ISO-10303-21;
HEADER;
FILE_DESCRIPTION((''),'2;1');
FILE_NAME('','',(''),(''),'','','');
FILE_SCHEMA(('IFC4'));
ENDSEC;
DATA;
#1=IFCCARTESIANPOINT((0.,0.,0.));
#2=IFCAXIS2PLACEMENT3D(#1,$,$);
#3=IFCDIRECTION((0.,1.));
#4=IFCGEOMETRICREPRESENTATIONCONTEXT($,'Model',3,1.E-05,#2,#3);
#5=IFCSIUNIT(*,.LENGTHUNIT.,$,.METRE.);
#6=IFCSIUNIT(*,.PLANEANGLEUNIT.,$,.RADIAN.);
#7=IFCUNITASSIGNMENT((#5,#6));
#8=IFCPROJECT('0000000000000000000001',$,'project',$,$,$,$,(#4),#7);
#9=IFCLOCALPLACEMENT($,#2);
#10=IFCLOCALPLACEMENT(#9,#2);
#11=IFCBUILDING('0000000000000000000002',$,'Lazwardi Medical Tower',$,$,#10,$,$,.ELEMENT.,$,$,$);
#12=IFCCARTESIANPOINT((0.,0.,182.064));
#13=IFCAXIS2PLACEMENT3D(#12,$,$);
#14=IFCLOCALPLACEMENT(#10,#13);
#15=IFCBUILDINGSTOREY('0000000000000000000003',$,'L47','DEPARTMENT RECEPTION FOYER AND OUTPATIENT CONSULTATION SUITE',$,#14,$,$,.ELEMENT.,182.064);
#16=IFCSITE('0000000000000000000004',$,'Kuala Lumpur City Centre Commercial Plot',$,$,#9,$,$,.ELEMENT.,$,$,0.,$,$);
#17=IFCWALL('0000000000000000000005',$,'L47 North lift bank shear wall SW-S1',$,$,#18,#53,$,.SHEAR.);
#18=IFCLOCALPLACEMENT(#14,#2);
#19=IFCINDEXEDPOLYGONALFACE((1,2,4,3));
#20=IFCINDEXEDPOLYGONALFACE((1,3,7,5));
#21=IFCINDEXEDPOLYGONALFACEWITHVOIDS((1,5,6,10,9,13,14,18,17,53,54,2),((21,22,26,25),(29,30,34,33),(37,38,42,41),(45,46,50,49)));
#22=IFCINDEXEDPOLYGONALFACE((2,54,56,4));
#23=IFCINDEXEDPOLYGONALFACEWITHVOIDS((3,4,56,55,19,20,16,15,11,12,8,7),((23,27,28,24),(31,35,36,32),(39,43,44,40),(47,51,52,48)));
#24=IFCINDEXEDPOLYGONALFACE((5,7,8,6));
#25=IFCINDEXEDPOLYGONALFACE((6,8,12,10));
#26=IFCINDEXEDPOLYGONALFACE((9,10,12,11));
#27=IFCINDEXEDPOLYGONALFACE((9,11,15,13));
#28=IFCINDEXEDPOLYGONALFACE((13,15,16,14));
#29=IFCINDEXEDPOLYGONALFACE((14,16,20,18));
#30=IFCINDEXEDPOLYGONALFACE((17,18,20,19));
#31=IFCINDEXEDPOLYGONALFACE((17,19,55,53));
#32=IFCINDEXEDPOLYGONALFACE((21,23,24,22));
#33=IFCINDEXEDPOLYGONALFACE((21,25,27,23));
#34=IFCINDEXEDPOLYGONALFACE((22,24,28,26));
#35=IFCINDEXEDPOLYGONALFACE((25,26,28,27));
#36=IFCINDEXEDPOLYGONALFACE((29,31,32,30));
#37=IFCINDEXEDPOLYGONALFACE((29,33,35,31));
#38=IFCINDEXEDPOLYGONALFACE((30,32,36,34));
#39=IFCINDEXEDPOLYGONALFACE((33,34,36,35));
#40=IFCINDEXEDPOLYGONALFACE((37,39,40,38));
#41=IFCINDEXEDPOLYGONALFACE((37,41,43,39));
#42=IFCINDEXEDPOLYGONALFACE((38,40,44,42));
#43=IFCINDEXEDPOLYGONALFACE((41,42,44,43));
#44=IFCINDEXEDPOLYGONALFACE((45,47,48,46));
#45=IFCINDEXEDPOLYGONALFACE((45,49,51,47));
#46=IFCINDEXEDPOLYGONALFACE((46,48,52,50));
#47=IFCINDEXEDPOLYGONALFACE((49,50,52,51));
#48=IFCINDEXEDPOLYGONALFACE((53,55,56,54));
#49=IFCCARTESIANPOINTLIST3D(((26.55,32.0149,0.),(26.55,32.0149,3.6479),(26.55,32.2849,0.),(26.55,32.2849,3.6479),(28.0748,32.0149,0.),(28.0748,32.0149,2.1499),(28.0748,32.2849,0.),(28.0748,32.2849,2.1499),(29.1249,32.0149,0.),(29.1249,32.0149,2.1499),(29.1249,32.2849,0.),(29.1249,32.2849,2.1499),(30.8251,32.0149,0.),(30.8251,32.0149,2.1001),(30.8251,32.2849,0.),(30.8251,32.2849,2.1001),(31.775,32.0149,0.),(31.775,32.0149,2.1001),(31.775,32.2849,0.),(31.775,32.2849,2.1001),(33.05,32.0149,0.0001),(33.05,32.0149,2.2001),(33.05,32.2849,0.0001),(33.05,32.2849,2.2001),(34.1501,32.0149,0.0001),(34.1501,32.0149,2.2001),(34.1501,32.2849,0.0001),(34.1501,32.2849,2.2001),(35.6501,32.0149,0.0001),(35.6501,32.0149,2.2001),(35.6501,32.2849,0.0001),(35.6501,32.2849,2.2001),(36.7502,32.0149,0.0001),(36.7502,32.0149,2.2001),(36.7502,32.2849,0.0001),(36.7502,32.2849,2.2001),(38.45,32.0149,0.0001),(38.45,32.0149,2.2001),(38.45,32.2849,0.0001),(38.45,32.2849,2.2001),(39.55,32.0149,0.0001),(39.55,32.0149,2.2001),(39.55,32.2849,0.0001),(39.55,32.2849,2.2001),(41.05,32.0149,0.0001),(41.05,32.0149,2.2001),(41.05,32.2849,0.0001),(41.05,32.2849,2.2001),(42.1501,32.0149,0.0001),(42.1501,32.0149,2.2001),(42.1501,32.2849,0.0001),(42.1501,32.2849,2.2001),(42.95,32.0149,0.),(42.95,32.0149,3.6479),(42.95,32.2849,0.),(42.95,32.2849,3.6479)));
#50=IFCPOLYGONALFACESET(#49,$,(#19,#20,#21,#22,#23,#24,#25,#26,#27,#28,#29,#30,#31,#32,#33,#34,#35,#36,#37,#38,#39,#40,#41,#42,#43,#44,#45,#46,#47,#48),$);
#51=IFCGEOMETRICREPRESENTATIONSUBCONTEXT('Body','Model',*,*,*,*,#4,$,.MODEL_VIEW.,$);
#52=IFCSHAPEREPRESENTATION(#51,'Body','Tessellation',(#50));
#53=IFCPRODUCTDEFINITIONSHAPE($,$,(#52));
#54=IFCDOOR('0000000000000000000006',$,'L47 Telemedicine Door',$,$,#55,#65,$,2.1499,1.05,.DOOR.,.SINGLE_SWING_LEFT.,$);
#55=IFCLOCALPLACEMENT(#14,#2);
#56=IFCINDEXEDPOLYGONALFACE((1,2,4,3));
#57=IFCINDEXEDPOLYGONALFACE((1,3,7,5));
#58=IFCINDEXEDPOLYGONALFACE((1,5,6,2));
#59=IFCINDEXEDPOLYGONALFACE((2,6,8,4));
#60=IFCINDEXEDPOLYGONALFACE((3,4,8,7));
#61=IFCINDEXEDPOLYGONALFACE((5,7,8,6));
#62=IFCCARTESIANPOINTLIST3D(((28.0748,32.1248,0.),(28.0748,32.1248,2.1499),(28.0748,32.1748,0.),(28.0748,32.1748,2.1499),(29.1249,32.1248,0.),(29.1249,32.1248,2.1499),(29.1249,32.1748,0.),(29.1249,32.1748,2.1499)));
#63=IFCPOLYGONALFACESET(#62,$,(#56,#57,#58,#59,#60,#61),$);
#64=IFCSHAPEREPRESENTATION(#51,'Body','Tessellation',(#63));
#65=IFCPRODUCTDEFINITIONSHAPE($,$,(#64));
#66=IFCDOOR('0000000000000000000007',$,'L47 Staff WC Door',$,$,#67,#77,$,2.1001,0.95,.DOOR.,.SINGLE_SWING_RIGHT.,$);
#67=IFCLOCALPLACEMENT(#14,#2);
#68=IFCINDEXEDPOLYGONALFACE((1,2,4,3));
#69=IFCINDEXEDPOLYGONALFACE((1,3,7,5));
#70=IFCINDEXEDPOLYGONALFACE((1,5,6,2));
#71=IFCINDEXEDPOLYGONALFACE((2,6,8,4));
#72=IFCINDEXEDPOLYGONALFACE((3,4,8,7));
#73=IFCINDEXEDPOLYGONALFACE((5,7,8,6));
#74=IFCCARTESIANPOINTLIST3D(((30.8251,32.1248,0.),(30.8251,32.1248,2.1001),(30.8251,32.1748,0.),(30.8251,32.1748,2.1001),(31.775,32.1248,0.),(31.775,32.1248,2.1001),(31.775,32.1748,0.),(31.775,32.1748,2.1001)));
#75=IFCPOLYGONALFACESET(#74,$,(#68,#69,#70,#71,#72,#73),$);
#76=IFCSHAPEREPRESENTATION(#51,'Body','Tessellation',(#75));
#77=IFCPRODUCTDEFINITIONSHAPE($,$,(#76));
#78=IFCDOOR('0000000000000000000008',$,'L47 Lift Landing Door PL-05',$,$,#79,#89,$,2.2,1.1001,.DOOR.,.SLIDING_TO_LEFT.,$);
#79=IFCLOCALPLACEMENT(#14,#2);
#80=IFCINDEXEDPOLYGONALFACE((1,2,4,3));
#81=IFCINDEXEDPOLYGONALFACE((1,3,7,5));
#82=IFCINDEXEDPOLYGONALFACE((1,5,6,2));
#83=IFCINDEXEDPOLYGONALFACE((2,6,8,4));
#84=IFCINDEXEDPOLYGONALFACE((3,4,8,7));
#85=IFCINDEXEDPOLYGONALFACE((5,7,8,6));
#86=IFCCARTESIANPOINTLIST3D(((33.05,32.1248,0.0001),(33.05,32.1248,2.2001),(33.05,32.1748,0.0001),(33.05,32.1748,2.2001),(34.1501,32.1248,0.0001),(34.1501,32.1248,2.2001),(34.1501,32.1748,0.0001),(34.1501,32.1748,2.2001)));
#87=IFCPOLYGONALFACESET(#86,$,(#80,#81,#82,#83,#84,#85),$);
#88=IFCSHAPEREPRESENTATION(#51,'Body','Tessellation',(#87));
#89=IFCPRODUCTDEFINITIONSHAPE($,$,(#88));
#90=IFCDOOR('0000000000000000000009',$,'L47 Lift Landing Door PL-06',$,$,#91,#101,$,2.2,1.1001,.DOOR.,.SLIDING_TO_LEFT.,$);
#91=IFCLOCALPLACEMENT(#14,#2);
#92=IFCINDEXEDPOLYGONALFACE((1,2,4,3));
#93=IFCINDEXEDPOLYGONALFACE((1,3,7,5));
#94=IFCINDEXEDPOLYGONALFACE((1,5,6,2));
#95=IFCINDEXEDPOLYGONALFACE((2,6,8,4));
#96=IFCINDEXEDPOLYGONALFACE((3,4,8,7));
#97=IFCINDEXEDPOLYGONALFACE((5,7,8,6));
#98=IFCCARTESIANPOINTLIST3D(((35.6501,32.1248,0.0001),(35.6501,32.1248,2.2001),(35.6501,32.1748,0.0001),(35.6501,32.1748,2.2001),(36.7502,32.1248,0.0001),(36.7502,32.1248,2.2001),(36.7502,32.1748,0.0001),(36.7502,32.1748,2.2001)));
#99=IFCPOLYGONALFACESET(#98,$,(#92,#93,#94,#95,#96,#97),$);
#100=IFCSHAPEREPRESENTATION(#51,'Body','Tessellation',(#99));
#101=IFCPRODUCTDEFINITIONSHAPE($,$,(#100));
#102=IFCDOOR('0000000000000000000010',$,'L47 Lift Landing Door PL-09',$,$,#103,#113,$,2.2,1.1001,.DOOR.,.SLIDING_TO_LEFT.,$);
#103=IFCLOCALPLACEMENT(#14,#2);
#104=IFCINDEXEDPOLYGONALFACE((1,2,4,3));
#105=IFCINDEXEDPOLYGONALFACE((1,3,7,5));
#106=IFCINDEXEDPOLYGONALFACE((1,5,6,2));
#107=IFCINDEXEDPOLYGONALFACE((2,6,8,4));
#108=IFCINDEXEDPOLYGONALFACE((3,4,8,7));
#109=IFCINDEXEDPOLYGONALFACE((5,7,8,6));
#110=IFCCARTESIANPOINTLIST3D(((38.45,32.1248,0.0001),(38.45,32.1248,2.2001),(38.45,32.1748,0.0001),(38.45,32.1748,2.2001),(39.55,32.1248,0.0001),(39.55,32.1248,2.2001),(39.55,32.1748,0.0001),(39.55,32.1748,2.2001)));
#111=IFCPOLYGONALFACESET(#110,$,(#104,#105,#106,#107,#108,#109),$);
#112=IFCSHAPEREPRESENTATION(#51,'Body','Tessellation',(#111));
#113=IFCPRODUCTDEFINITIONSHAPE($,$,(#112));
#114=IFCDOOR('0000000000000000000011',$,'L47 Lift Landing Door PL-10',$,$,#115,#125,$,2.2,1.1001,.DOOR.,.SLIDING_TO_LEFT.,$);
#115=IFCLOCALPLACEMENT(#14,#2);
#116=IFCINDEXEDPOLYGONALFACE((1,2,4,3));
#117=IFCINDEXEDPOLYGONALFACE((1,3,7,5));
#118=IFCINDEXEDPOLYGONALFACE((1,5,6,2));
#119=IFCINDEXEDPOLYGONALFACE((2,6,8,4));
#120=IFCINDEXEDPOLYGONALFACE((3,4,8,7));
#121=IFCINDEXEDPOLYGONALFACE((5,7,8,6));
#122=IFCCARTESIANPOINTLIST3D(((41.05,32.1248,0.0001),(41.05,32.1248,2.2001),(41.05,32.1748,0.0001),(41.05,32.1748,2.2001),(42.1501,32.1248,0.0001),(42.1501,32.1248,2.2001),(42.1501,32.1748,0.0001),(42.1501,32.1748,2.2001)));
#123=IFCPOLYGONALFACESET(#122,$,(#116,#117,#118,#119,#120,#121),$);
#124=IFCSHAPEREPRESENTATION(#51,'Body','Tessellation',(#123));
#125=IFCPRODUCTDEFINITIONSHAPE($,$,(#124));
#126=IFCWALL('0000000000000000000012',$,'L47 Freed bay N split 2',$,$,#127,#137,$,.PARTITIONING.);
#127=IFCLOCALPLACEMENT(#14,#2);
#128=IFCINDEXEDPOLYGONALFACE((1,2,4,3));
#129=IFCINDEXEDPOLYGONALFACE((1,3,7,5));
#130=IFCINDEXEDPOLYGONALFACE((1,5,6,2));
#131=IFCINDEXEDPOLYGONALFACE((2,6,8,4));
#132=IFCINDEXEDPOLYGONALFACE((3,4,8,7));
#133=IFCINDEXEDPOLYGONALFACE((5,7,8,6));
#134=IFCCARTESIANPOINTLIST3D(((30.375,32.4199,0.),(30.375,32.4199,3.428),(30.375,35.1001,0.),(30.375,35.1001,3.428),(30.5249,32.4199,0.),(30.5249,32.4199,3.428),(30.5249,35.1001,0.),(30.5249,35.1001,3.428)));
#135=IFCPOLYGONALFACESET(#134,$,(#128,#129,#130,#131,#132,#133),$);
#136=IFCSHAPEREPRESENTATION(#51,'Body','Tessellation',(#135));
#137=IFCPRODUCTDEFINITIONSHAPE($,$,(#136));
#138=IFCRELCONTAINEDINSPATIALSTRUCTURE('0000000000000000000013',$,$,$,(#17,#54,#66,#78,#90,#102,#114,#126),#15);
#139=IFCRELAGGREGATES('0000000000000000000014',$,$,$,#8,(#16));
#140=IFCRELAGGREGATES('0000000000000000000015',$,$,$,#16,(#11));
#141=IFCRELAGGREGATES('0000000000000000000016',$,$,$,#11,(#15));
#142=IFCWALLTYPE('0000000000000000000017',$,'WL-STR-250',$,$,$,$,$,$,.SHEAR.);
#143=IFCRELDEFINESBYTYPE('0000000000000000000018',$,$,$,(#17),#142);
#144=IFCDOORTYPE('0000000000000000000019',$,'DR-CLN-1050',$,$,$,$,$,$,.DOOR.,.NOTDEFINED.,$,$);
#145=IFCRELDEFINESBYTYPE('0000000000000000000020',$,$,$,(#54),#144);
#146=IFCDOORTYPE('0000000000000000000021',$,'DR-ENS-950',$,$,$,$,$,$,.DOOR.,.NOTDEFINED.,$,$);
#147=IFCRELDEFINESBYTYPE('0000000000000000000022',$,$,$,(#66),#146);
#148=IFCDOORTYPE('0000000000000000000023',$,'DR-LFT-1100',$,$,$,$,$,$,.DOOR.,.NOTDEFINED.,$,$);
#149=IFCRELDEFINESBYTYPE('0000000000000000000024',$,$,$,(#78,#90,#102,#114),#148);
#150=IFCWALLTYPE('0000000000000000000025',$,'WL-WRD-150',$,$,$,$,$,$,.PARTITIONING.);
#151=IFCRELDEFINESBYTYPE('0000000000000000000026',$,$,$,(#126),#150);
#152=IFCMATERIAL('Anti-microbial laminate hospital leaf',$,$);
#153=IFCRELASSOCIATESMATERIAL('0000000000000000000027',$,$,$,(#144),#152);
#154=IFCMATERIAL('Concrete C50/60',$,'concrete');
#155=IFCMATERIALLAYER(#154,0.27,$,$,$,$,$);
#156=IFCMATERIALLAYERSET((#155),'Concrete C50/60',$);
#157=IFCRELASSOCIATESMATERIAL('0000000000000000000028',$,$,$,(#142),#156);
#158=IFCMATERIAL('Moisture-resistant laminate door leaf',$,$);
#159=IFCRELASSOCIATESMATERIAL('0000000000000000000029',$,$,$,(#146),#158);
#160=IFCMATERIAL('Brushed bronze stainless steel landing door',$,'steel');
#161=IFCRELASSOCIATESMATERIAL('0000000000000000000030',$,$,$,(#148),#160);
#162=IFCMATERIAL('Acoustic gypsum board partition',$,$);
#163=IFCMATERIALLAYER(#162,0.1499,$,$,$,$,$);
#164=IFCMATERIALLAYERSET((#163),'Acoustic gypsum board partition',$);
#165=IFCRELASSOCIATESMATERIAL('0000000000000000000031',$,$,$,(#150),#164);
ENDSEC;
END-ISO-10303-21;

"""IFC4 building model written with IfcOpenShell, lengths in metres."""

from ifc_helpers import new_model, si_unit, direction, frame, frame_2d, origin, place, context, subcontext, project, spatial, rectangle, extrude, material, layer, layer_set, type_object, element, fill, save


model = new_model("IFC4")

# Units and contexts
model_context = context("Model", 3, precision=1e-05, world=origin(), true_north=direction((0.0, 1.0)))
body_context = subcontext(model_context, "Body", "Model", "MODEL_VIEW")
ifc_project = project(units=[si_unit("LENGTHUNIT", "METRE"), si_unit("PLANEANGLEUNIT", "RADIAN")], contexts=[model_context])

# Site, building, storey
site_placement = place(None, origin())
site = spatial("IfcSite", under=ifc_project, at=site_placement, Name="Kuala Lumpur City Centre Commercial Plot", CompositionType="ELEMENT", RefElevation=0.0)
building_placement = place(site_placement, origin())
building = spatial("IfcBuilding", under=site, at=building_placement, Name="Lazwardi Medical Tower", CompositionType="ELEMENT")
storey_placement = place(building_placement, frame((0.0, 0.0, 182.064)))
storey = spatial("IfcBuildingStorey", under=building, at=storey_placement, Name="L47", Description="DEPARTMENT RECEPTION FOYER AND OUTPATIENT CONSULTATION SUITE", CompositionType="ELEMENT", Elevation=182.064)

# Shared definitions
ifc_material_1 = material(Name="Anti-microbial laminate hospital leaf")
door_type_1 = type_object("IfcDoorType", Name="DR-CLN-1050", OperationType="NOTDEFINED", PredefinedType="DOOR", material=ifc_material_1)

# Shared definitions
ifc_material_2 = material(Name="Concrete C50/60", Category="concrete")
ifc_layer_1 = layer(ifc_material_2, 0.27)
ifc_layer_set_1 = layer_set([ifc_layer_1], Name="Concrete C50/60")
wall_type_1 = type_object("IfcWallType", Name="WL-STR-250", PredefinedType="SHEAR", material=ifc_layer_set_1)

# Wall, openings, doors
wall_1_placement = place(storey_placement, frame((26.55, 32.1499, 0.0), z_axis=(0.0, 0.0, 1.0), x_axis=(1.0, 0.0, 0.0)))
wall_1 = element("IfcWall", 1, at=wall_1_placement, inside=storey, type_object=wall_type_1, Name="L47 North lift bank shear wall SW-S1", PredefinedType="SHEAR", context=body_context, shape_type="SweptSolid", body=[
    extrude(rectangle(XDim=16.3999, YDim=0.27, at=frame_2d((8.2, 0.0))), origin(), (0.0, 0.0, 1.0), 3.6479),
])
opening_1_placement = place(wall_1_placement, frame((1.5249, 0.0, 0.0)))
opening_1 = element("IfcOpeningElement", 2, at=opening_1_placement, cuts=wall_1, PredefinedType="OPENING", context=body_context, shape_type="SweptSolid", body=[
    extrude(rectangle(XDim=1.05, YDim=2.1499, at=frame_2d((0.5249, 1.075))), frame((0.0, 0.145, 0.0), z_axis=(0.0, -1.0, 0.0), x_axis=(1.0, 0.0, 0.0)), (0.0, 0.0, 1.0), 0.29),
])
opening_2_placement = place(wall_1_placement, frame((4.2749, 0.0, 0.0)))
opening_2 = element("IfcOpeningElement", 3, at=opening_2_placement, cuts=wall_1, PredefinedType="OPENING", context=body_context, shape_type="SweptSolid", body=[
    extrude(rectangle(XDim=0.95, YDim=2.1001, at=frame_2d((0.4751, 1.05))), frame((0.0, 0.145, 0.0), z_axis=(0.0, -1.0, 0.0), x_axis=(1.0, 0.0, 0.0)), (0.0, 0.0, 1.0), 0.29),
])
opening_3_placement = place(wall_1_placement, frame((6.5, 0.0, 0.0)))
opening_3 = element("IfcOpeningElement", 4, at=opening_3_placement, cuts=wall_1, PredefinedType="OPENING", context=body_context, shape_type="SweptSolid", body=[
    extrude(rectangle(XDim=1.1001, YDim=2.2, at=frame_2d((0.55, 1.1001))), frame((0.0, 0.145, 0.0), z_axis=(0.0, -1.0, 0.0), x_axis=(1.0, 0.0, 0.0)), (0.0, 0.0, 1.0), 0.29),
])
opening_4_placement = place(wall_1_placement, frame((9.1001, 0.0, 0.0)))
opening_4 = element("IfcOpeningElement", 5, at=opening_4_placement, cuts=wall_1, PredefinedType="OPENING", context=body_context, shape_type="SweptSolid", body=[
    extrude(rectangle(XDim=1.1001, YDim=2.2, at=frame_2d((0.55, 1.1001))), frame((0.0, 0.145, 0.0), z_axis=(0.0, -1.0, 0.0), x_axis=(1.0, 0.0, 0.0)), (0.0, 0.0, 1.0), 0.29),
])
opening_5_placement = place(wall_1_placement, frame((11.8999, 0.0, 0.0)))
opening_5 = element("IfcOpeningElement", 6, at=opening_5_placement, cuts=wall_1, PredefinedType="OPENING", context=body_context, shape_type="SweptSolid", body=[
    extrude(rectangle(XDim=1.1001, YDim=2.2, at=frame_2d((0.55, 1.1001))), frame((0.0, 0.145, 0.0), z_axis=(0.0, -1.0, 0.0), x_axis=(1.0, 0.0, 0.0)), (0.0, 0.0, 1.0), 0.29),
])
opening_6_placement = place(wall_1_placement, frame((14.5, 0.0, 0.0)))
opening_6 = element("IfcOpeningElement", 7, at=opening_6_placement, cuts=wall_1, PredefinedType="OPENING", context=body_context, shape_type="SweptSolid", body=[
    extrude(rectangle(XDim=1.1001, YDim=2.2, at=frame_2d((0.55, 1.1001))), frame((0.0, 0.145, 0.0), z_axis=(0.0, -1.0, 0.0), x_axis=(1.0, 0.0, 0.0)), (0.0, 0.0, 1.0), 0.29),
])
door_1_placement = place(opening_1_placement, origin())
door_1 = element("IfcDoor", 8, at=door_1_placement, inside=storey, type_object=door_type_1, Name="L47 Telemedicine Door", OperationType="SINGLE_SWING_LEFT", OverallHeight=2.1499, OverallWidth=1.05, PredefinedType="DOOR", context=body_context, shape_type="SweptSolid", body=[
    extrude(rectangle(XDim=1.05, YDim=2.1499, at=frame_2d((0.5249, 1.075))), frame((0.0, 0.0249, 0.0), z_axis=(0.0, -1.0, 0.0), x_axis=(1.0, 0.0, 0.0)), (0.0, 0.0, 1.0), 0.05),
])
fill(opening_1, door_1)
ifc_material_3 = material(Name="Moisture-resistant laminate door leaf")
door_type_2 = type_object("IfcDoorType", Name="DR-ENS-950", OperationType="NOTDEFINED", PredefinedType="DOOR", material=ifc_material_3)
door_2_placement = place(opening_2_placement, origin())
door_2 = element("IfcDoor", 9, at=door_2_placement, inside=storey, type_object=door_type_2, Name="L47 Staff WC Door", OperationType="SINGLE_SWING_RIGHT", OverallHeight=2.1001, OverallWidth=0.95, PredefinedType="DOOR", context=body_context, shape_type="SweptSolid", body=[
    extrude(rectangle(XDim=0.95, YDim=2.1001, at=frame_2d((0.4751, 1.05))), frame((0.0, 0.0249, 0.0), z_axis=(0.0, -1.0, 0.0), x_axis=(1.0, 0.0, 0.0)), (0.0, 0.0, 1.0), 0.05),
])
fill(opening_2, door_2)
ifc_material_4 = material(Name="Brushed bronze stainless steel landing door", Category="steel")
door_type_3 = type_object("IfcDoorType", Name="DR-LFT-1100", OperationType="NOTDEFINED", PredefinedType="DOOR", material=ifc_material_4)
door_3_placement = place(opening_3_placement, origin())
door_3 = element("IfcDoor", 10, at=door_3_placement, inside=storey, type_object=door_type_3, Name="L47 Lift Landing Door PL-05", OperationType="SLIDING_TO_LEFT", OverallHeight=2.2, OverallWidth=1.1001, PredefinedType="DOOR", context=body_context, shape_type="SweptSolid", body=[
    extrude(rectangle(XDim=1.1001, YDim=2.2, at=frame_2d((0.55, 1.1001))), frame((0.0, 0.0249, 0.0), z_axis=(0.0, -1.0, 0.0), x_axis=(1.0, 0.0, 0.0)), (0.0, 0.0, 1.0), 0.05),
])
fill(opening_3, door_3)
door_4_placement = place(opening_4_placement, origin())
door_4 = element("IfcDoor", 11, at=door_4_placement, inside=storey, type_object=door_type_3, Name="L47 Lift Landing Door PL-06", OperationType="SLIDING_TO_LEFT", OverallHeight=2.2, OverallWidth=1.1001, PredefinedType="DOOR", context=body_context, shape_type="SweptSolid", body=[
    extrude(rectangle(XDim=1.1001, YDim=2.2, at=frame_2d((0.55, 1.1001))), frame((0.0, 0.0249, 0.0), z_axis=(0.0, -1.0, 0.0), x_axis=(1.0, 0.0, 0.0)), (0.0, 0.0, 1.0), 0.05),
])
fill(opening_4, door_4)
door_5_placement = place(opening_5_placement, origin())
door_5 = element("IfcDoor", 12, at=door_5_placement, inside=storey, type_object=door_type_3, Name="L47 Lift Landing Door PL-09", OperationType="SLIDING_TO_LEFT", OverallHeight=2.2, OverallWidth=1.1001, PredefinedType="DOOR", context=body_context, shape_type="SweptSolid", body=[
    extrude(rectangle(XDim=1.1001, YDim=2.2, at=frame_2d((0.55, 1.1001))), frame((0.0, 0.0249, 0.0), z_axis=(0.0, -1.0, 0.0), x_axis=(1.0, 0.0, 0.0)), (0.0, 0.0, 1.0), 0.05),
])
fill(opening_5, door_5)
door_6_placement = place(opening_6_placement, origin())
door_6 = element("IfcDoor", 13, at=door_6_placement, inside=storey, type_object=door_type_3, Name="L47 Lift Landing Door PL-10", OperationType="SLIDING_TO_LEFT", OverallHeight=2.2, OverallWidth=1.1001, PredefinedType="DOOR", context=body_context, shape_type="SweptSolid", body=[
    extrude(rectangle(XDim=1.1001, YDim=2.2, at=frame_2d((0.55, 1.1001))), frame((0.0, 0.0249, 0.0), z_axis=(0.0, -1.0, 0.0), x_axis=(1.0, 0.0, 0.0)), (0.0, 0.0, 1.0), 0.05),
])
fill(opening_6, door_6)

# Wall
ifc_material_5 = material(Name="Acoustic gypsum board partition")
ifc_layer_2 = layer(ifc_material_5, 0.1499)
ifc_layer_set_2 = layer_set([ifc_layer_2], Name="Acoustic gypsum board partition")
wall_type_2 = type_object("IfcWallType", Name="WL-WRD-150", PredefinedType="PARTITIONING", material=ifc_layer_set_2)
wall_2_placement = place(storey_placement, frame((30.45, 32.4199, 0.0), z_axis=(0.0, 0.0, 1.0), x_axis=(0.0, 1.0, 0.0)))
element("IfcWall", 14, at=wall_2_placement, inside=storey, type_object=wall_type_2, Name="L47 Freed bay N split 2", PredefinedType="PARTITIONING", context=body_context, shape_type="SweptSolid", body=[
    extrude(rectangle(XDim=2.6802, YDim=0.1499, at=frame_2d((1.3401, 0.0))), origin(), (0.0, 0.0, 1.0), 3.428),
])

save(model, "model.ifc")
